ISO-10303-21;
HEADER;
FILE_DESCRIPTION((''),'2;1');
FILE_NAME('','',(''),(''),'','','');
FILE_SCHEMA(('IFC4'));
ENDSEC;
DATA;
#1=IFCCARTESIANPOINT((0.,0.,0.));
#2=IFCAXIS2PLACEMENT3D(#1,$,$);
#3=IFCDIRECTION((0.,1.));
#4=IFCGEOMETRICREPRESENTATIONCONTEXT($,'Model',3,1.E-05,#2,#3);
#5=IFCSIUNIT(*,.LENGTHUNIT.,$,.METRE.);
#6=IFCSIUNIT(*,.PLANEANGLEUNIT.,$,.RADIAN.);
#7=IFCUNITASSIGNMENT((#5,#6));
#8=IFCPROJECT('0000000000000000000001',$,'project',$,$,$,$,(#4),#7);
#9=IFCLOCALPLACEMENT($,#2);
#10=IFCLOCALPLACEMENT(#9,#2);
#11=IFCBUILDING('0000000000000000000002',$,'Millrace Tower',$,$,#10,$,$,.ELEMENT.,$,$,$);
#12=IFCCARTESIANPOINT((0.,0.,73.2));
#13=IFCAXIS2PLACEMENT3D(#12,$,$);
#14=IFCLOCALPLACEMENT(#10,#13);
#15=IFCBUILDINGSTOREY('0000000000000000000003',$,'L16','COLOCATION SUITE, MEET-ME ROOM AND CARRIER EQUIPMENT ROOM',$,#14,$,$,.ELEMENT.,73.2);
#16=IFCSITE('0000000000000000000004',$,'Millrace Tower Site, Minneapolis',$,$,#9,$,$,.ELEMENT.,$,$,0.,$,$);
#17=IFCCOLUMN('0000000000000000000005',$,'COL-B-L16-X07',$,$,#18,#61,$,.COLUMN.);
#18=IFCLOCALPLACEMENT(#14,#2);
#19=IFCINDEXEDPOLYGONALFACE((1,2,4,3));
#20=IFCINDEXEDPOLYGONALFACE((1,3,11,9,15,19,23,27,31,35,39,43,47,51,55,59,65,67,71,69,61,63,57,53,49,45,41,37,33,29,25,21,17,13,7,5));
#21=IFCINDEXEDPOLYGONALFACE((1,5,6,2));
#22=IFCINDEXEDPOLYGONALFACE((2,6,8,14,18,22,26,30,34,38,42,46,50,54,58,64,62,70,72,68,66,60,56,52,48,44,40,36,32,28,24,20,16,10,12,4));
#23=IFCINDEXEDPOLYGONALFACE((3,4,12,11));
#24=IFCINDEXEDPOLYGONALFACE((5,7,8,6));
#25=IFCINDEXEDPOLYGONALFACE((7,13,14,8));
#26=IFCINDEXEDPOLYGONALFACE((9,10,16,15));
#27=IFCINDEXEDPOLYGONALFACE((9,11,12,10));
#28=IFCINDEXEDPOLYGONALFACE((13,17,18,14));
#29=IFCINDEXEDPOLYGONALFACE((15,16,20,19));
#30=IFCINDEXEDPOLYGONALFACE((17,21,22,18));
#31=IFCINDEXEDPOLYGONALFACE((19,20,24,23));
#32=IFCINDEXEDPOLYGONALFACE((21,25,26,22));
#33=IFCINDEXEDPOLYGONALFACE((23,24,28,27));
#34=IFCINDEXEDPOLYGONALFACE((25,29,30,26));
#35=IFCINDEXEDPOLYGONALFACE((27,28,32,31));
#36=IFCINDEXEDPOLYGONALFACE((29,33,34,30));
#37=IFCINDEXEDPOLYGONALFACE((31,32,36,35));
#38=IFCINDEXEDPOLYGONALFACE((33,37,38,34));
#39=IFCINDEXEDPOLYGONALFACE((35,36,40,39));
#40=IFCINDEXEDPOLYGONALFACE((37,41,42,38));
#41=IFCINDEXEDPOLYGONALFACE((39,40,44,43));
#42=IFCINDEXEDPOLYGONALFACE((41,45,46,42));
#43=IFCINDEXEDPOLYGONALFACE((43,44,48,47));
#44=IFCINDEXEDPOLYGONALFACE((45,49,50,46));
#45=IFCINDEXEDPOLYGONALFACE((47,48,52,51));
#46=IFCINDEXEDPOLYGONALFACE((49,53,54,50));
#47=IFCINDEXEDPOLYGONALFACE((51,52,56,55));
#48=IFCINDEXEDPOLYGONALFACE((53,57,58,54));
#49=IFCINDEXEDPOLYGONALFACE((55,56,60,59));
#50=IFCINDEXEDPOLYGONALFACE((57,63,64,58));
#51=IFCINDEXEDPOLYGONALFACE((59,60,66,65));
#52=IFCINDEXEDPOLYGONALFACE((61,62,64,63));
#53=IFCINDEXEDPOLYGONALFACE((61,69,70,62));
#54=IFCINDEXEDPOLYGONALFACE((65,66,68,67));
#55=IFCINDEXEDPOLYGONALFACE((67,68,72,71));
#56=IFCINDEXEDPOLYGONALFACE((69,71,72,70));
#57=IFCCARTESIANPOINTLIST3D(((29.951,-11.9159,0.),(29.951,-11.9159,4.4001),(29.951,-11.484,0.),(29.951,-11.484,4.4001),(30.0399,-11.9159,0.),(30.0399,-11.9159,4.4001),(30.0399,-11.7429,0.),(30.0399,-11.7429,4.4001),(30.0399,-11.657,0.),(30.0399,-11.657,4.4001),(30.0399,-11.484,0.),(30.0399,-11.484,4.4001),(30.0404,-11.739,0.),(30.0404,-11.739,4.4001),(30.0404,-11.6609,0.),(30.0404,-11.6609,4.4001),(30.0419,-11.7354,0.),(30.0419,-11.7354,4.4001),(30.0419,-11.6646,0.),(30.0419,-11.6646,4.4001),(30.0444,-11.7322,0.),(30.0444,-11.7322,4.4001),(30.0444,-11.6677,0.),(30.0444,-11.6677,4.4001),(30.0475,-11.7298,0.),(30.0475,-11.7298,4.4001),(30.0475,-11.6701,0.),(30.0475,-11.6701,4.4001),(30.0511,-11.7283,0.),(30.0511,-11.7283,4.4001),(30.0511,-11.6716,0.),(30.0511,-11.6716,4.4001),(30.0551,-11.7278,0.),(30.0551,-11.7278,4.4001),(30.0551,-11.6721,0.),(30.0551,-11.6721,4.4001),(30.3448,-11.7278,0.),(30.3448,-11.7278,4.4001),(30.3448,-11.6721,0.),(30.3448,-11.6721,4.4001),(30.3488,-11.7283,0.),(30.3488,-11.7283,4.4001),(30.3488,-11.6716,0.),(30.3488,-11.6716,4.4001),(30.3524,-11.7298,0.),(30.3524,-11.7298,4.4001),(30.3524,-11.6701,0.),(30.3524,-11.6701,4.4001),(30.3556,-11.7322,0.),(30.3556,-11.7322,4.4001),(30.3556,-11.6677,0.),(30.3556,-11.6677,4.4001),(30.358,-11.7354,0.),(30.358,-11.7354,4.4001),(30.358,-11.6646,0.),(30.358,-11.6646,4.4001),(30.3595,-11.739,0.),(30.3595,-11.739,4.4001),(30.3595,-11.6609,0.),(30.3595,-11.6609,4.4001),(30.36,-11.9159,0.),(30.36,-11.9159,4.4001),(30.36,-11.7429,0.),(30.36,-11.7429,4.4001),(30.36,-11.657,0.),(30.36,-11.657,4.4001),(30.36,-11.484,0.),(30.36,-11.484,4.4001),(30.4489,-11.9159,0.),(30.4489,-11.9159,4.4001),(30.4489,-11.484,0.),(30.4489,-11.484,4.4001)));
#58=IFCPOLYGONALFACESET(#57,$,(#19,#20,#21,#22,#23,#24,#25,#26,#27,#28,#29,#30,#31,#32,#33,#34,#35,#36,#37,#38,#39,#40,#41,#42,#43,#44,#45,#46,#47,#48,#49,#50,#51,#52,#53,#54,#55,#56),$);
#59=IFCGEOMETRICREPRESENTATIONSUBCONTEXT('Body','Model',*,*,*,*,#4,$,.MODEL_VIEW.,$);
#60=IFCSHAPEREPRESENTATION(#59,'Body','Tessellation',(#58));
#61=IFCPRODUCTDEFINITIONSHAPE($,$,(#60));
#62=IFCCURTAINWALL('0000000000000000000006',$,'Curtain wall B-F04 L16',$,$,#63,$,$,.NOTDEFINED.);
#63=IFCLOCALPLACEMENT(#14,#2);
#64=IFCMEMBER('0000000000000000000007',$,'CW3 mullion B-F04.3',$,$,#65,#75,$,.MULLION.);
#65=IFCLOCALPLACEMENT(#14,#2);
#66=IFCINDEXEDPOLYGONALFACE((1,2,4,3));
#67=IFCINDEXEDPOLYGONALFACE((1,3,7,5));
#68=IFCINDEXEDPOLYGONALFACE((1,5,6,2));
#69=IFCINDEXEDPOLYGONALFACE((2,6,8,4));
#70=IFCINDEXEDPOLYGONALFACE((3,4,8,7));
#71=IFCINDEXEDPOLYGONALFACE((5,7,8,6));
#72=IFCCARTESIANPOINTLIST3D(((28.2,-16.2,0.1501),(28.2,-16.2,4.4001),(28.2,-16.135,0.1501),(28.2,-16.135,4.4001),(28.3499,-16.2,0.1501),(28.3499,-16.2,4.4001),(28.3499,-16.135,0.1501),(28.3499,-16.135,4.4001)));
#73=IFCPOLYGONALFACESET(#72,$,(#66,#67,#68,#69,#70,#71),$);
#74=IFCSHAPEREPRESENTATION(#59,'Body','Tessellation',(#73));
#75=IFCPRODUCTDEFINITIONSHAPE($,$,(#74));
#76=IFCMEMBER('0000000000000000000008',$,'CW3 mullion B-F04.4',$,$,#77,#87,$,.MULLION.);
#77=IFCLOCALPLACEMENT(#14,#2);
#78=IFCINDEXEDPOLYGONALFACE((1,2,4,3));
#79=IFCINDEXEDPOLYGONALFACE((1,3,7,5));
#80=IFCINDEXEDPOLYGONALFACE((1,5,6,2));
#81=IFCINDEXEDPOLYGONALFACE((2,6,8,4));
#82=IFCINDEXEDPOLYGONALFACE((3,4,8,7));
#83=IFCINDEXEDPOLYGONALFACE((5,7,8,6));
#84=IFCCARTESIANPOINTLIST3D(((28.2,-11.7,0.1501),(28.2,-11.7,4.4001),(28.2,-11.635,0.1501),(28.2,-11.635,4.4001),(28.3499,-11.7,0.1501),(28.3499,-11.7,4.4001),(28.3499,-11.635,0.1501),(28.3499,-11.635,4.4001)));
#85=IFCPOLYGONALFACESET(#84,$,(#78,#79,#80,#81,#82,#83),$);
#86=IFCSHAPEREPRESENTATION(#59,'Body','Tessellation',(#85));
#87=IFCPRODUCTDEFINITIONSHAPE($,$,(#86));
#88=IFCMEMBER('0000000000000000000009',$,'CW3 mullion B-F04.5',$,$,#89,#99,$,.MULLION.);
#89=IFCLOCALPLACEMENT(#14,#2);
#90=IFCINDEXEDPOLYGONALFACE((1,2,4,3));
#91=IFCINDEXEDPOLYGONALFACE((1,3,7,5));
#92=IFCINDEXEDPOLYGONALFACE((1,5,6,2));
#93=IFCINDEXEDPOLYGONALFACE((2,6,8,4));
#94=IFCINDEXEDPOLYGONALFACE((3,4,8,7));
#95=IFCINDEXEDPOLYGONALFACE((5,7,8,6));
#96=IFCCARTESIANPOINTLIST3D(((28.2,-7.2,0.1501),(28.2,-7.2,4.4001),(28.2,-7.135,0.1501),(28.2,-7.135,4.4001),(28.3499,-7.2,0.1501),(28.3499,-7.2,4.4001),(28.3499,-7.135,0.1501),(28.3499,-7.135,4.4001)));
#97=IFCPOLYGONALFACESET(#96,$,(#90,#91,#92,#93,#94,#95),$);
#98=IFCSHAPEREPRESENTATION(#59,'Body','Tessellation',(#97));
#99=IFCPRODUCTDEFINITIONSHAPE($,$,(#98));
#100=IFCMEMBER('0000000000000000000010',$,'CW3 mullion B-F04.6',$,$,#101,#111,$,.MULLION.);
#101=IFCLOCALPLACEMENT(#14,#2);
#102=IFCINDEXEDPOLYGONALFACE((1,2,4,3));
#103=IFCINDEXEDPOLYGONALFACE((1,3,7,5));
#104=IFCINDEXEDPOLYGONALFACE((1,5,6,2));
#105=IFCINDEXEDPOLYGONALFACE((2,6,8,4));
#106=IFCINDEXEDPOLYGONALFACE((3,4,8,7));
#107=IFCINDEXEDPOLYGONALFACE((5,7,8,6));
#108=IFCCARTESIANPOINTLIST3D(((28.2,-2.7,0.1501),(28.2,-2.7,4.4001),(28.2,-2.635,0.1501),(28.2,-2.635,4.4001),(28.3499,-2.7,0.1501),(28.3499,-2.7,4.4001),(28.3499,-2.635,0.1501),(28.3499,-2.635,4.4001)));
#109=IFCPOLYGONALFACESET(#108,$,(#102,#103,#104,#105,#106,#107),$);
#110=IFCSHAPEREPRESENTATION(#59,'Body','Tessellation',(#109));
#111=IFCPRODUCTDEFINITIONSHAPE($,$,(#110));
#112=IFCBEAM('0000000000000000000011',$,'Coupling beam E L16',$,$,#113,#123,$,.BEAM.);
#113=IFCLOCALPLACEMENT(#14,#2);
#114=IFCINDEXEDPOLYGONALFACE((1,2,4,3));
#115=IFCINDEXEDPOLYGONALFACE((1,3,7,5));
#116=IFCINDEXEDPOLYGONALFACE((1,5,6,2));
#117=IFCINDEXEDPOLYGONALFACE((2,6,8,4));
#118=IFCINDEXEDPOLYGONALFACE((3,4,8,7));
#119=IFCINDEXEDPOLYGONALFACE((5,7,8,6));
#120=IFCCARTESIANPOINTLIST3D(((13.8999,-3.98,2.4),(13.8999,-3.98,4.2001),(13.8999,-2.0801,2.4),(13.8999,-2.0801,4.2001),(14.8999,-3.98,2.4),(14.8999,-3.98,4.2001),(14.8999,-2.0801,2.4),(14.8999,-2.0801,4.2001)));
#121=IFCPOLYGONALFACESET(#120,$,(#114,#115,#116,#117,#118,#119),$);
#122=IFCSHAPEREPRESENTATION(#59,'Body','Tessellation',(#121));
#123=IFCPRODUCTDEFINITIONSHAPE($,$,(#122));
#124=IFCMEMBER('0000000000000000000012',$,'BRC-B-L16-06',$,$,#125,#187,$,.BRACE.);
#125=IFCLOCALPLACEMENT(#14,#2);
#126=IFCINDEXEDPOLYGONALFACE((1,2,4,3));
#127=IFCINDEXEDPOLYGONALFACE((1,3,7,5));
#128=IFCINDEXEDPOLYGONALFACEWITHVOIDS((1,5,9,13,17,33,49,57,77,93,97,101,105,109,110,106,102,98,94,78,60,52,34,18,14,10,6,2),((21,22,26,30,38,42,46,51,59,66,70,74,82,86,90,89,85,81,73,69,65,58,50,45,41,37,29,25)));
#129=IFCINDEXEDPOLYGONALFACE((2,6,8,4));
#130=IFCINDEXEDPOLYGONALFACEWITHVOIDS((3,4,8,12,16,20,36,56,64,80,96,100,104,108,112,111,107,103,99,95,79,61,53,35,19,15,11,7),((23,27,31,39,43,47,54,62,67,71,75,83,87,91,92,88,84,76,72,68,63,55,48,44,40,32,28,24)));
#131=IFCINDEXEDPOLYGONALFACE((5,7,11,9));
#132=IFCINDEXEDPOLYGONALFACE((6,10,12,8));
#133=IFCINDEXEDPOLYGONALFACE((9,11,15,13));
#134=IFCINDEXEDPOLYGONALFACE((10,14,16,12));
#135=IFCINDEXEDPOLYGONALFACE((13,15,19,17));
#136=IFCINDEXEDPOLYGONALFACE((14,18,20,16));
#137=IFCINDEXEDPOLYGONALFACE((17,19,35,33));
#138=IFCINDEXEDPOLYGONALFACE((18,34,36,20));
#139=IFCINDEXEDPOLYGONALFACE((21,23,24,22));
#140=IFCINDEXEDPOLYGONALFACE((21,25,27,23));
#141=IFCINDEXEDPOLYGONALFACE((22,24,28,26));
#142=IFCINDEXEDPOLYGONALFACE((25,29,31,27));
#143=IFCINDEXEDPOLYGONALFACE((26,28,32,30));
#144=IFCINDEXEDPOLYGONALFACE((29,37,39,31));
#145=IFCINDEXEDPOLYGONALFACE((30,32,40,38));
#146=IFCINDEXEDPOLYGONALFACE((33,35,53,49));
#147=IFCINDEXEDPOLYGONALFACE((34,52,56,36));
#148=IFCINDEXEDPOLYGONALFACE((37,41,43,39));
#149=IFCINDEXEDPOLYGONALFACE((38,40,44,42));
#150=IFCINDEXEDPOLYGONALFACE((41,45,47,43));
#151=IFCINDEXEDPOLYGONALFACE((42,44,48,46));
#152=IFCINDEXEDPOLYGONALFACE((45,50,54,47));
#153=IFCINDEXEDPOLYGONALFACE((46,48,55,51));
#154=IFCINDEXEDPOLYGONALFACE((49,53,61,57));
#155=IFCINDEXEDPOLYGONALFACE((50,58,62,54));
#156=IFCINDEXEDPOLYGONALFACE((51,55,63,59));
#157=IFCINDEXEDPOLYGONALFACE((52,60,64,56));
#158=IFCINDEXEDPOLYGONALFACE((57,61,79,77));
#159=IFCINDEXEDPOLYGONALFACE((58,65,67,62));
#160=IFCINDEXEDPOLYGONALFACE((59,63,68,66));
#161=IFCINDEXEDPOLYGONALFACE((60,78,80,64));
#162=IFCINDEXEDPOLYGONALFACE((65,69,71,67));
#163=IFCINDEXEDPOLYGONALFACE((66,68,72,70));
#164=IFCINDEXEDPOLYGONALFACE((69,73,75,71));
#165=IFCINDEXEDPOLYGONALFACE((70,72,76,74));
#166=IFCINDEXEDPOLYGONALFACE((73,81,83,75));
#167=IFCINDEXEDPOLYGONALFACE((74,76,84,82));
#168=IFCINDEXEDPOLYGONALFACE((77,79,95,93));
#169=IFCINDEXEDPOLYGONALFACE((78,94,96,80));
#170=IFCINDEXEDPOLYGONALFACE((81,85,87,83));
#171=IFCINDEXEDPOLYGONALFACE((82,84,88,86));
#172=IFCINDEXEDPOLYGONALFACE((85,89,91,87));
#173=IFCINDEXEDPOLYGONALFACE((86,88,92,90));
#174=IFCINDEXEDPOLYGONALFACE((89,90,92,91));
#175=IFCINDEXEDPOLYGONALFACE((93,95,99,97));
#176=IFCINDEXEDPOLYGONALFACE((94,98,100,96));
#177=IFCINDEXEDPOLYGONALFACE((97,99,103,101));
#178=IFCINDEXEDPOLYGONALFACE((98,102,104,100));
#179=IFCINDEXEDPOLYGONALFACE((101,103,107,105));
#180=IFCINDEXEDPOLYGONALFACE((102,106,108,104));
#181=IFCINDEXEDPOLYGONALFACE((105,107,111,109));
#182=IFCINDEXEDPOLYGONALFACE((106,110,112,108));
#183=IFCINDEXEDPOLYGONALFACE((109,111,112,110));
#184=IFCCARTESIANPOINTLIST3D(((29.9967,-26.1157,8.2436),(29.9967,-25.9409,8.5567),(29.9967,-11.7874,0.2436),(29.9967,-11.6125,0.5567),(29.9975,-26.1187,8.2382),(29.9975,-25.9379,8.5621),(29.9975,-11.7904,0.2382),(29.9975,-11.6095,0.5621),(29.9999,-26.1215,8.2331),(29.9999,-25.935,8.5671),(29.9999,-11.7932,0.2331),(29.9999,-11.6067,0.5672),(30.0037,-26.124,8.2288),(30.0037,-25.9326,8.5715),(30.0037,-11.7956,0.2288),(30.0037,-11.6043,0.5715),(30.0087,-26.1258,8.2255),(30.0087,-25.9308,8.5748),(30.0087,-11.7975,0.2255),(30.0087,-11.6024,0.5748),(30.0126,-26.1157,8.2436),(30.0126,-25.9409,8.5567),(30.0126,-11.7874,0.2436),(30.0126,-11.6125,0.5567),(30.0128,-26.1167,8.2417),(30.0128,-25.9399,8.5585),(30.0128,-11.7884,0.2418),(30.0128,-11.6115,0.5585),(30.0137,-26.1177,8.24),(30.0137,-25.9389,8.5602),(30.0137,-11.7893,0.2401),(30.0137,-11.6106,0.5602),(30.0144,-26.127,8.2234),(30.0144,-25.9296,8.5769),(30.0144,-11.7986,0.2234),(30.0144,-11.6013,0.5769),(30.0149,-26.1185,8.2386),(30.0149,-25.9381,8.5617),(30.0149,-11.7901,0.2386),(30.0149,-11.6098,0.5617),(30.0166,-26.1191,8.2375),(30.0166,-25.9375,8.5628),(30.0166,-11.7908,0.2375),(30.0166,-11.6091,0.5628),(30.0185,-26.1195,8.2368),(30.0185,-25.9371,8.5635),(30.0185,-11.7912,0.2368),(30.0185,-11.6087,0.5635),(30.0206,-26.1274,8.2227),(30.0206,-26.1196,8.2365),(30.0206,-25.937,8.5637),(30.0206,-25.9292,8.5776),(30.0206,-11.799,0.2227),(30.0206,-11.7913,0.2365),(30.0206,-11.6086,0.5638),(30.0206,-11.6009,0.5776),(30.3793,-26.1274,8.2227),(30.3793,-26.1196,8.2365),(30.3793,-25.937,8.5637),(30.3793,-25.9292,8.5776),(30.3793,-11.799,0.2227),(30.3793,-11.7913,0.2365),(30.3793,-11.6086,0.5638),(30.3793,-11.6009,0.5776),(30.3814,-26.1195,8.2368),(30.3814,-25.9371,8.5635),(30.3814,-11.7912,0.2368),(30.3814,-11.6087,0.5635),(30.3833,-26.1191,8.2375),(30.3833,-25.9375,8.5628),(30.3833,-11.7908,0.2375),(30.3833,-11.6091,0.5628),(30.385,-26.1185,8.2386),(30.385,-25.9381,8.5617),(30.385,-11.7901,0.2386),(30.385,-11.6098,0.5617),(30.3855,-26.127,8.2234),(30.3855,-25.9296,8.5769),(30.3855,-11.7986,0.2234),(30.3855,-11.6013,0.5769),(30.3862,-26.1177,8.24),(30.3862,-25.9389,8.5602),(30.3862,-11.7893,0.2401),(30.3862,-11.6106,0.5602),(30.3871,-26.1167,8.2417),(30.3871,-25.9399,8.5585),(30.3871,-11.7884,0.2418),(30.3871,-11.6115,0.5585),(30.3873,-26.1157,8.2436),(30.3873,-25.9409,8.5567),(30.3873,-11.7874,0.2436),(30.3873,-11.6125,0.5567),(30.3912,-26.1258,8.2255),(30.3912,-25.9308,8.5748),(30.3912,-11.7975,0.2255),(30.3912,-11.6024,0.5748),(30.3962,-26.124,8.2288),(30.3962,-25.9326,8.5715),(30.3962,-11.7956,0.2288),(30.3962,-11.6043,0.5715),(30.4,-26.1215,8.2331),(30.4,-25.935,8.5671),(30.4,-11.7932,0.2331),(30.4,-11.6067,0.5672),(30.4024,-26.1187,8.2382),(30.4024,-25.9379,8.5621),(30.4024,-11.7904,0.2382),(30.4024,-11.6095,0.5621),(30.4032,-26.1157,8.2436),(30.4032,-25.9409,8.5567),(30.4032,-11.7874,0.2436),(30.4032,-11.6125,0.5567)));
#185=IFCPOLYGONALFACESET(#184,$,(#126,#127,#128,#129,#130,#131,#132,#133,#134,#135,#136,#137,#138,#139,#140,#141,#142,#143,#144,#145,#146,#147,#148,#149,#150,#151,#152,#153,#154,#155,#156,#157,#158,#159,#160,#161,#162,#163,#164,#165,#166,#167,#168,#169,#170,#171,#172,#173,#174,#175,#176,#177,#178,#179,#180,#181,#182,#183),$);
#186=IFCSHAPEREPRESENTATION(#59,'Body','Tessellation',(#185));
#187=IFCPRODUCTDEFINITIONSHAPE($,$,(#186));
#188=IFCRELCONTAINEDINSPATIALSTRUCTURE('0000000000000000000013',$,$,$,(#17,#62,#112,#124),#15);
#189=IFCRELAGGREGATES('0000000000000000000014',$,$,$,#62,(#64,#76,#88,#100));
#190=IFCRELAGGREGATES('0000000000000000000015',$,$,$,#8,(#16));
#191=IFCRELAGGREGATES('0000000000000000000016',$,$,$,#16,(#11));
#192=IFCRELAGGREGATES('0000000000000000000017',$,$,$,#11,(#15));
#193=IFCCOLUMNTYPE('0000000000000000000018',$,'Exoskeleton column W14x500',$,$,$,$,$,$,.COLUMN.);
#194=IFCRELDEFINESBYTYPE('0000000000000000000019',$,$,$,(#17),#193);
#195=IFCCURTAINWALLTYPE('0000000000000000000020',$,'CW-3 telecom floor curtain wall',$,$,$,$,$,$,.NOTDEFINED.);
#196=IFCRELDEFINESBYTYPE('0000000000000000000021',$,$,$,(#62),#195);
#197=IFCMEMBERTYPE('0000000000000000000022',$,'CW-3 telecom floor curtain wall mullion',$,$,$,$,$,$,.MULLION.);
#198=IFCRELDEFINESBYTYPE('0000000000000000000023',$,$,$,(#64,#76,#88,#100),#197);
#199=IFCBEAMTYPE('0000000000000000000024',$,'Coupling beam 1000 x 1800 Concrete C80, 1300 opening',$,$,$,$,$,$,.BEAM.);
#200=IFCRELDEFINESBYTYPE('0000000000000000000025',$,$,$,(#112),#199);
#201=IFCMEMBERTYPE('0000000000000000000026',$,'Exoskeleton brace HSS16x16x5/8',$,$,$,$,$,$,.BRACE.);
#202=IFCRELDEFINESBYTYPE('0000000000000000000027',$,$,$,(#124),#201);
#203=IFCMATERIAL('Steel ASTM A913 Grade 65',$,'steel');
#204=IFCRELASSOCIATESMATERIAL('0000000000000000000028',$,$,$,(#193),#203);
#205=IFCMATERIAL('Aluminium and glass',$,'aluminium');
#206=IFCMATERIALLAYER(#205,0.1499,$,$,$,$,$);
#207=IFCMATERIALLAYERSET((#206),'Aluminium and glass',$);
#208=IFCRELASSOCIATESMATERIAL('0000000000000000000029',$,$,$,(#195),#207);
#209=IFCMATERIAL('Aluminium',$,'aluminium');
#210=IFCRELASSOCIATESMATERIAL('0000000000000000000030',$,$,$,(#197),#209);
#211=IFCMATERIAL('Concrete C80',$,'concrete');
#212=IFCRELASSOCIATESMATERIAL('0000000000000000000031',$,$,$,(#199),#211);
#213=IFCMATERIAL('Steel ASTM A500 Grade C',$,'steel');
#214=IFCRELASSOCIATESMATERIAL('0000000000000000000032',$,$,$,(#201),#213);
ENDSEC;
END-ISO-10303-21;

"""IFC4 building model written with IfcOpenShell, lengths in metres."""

from ifc_helpers import new_model, si_unit, direction, frame, origin, origin_2d, place, context, subcontext, project, spatial, rectangle, hollow_rectangle, i_section, extrude, material, layer, layer_set, material_profile, profile_set, type_object, element, aggregate, save


model = new_model("IFC4")

# Units and contexts
model_context = context("Model", 3, precision=1e-05, world=origin(), true_north=direction((0.0, 1.0)))
body_context = subcontext(model_context, "Body", "Model", "MODEL_VIEW")
ifc_project = project(units=[si_unit("LENGTHUNIT", "METRE"), si_unit("PLANEANGLEUNIT", "RADIAN")], contexts=[model_context])

# Site, building, storey
site_placement = place(None, origin())
site = spatial("IfcSite", under=ifc_project, at=site_placement, Name="Millrace Tower Site, Minneapolis", CompositionType="ELEMENT", RefElevation=0.0)
building_placement = place(site_placement, origin())
building = spatial("IfcBuilding", under=site, at=building_placement, Name="Millrace Tower", CompositionType="ELEMENT")
storey_placement = place(building_placement, frame((0.0, 0.0, 73.2)))
storey = spatial("IfcBuildingStorey", under=building, at=storey_placement, Name="L16", Description="COLOCATION SUITE, MEET-ME ROOM AND CARRIER EQUIPMENT ROOM", CompositionType="ELEMENT", Elevation=73.2)

# Column
ifc_material_1 = material(Name="Steel ASTM A913 Grade 65", Category="steel")
ifc_material_profile_1 = material_profile(ifc_material_1, i_section(OverallWidth=0.4319, OverallDepth=0.4978, WebThickness=0.0557, FlangeThickness=0.0889, FilletRadius=0.0151, at=origin_2d()))
ifc_profile_set_1 = profile_set([ifc_material_profile_1], Name="Steel ASTM A913 Grade 65")
column_type = type_object("IfcColumnType", Name="Exoskeleton column W14x500", PredefinedType="COLUMN", material=ifc_profile_set_1)
column_placement = place(storey_placement, frame((30.2, -11.7, 0.0), z_axis=(0.0, 0.0, 1.0), x_axis=(0.0, 1.0, 0.0)))
element("IfcColumn", 1, at=column_placement, inside=storey, type_object=column_type, Name="COL-B-L16-X07", PredefinedType="COLUMN", context=body_context, shape_type="SweptSolid", body=[
    extrude(i_section(OverallWidth=0.4319, OverallDepth=0.4978, WebThickness=0.0557, FlangeThickness=0.0889, FilletRadius=0.0151, at=origin_2d()), origin(), (0.0, 0.0, 1.0), 4.4001),
])

# Curtain wall, members
ifc_material_2 = material(Name="Aluminium and glass", Category="aluminium")
ifc_layer_1 = layer(ifc_material_2, 0.1499)
ifc_layer_set_1 = layer_set([ifc_layer_1], Name="Aluminium and glass")
curtain_wall_type = type_object("IfcCurtainWallType", Name="CW-3 telecom floor curtain wall", PredefinedType="NOTDEFINED", material=ifc_layer_set_1)
curtain_wall_placement = place(storey_placement, origin())
curtain_wall = element("IfcCurtainWall", 2, at=curtain_wall_placement, inside=storey, type_object=curtain_wall_type, Name="Curtain wall B-F04 L16", PredefinedType="NOTDEFINED")
ifc_material_3 = material(Name="Aluminium", Category="aluminium")
ifc_material_profile_2 = material_profile(ifc_material_3, rectangle(XDim=0.0649, YDim=0.1499, at=origin_2d()))
ifc_profile_set_2 = profile_set([ifc_material_profile_2], Name="Aluminium")
member_type_1 = type_object("IfcMemberType", Name="CW-3 telecom floor curtain wall mullion", PredefinedType="MULLION", material=ifc_profile_set_2)
member_1_placement = place(storey_placement, frame((28.2749, -16.1675, 0.1501), z_axis=(0.0, 0.0, 1.0), x_axis=(0.0, 1.0, 0.0)))
member_1 = element("IfcMember", 3, at=member_1_placement, type_object=member_type_1, Name="CW3 mullion B-F04.3", PredefinedType="MULLION", context=body_context, shape_type="SweptSolid", body=[
    extrude(rectangle(XDim=0.0649, YDim=0.1499, at=origin_2d()), origin(), (0.0, 0.0, 1.0), 4.25),
])
member_2_placement = place(storey_placement, frame((28.2749, -11.6675, 0.1501), z_axis=(0.0, 0.0, 1.0), x_axis=(0.0, 1.0, 0.0)))
member_2 = element("IfcMember", 4, at=member_2_placement, type_object=member_type_1, Name="CW3 mullion B-F04.4", PredefinedType="MULLION", context=body_context, shape_type="SweptSolid", body=[
    extrude(rectangle(XDim=0.0649, YDim=0.1499, at=origin_2d()), origin(), (0.0, 0.0, 1.0), 4.25),
])
member_3_placement = place(storey_placement, frame((28.2749, -7.1675, 0.1501), z_axis=(0.0, 0.0, 1.0), x_axis=(0.0, 1.0, 0.0)))
member_3 = element("IfcMember", 5, at=member_3_placement, type_object=member_type_1, Name="CW3 mullion B-F04.5", PredefinedType="MULLION", context=body_context, shape_type="SweptSolid", body=[
    extrude(rectangle(XDim=0.0649, YDim=0.1499, at=origin_2d()), origin(), (0.0, 0.0, 1.0), 4.25),
])
member_4_placement = place(storey_placement, frame((28.2749, -2.6675, 0.1501), z_axis=(0.0, 0.0, 1.0), x_axis=(0.0, 1.0, 0.0)))
member_4 = element("IfcMember", 6, at=member_4_placement, type_object=member_type_1, Name="CW3 mullion B-F04.6", PredefinedType="MULLION", context=body_context, shape_type="SweptSolid", body=[
    extrude(rectangle(XDim=0.0649, YDim=0.1499, at=origin_2d()), origin(), (0.0, 0.0, 1.0), 4.25),
])
aggregate(curtain_wall, [member_1, member_2, member_3, member_4])

# Beam
ifc_material_4 = material(Name="Concrete C80", Category="concrete")
ifc_material_profile_3 = material_profile(ifc_material_4, rectangle(XDim=1.0, YDim=1.8, at=origin_2d()))
ifc_profile_set_3 = profile_set([ifc_material_profile_3], Name="Concrete C80")
beam_type_1 = type_object("IfcBeamType", Name="Coupling beam 1000 x 1800 Concrete C80, 1300 opening", PredefinedType="BEAM", material=ifc_profile_set_3)
beam_1_placement = place(storey_placement, frame((14.3999, -2.0801, 3.3), z_axis=(0.0, -1.0, 0.0), x_axis=(1.0, 0.0, 0.0)))
element("IfcBeam", 7, at=beam_1_placement, inside=storey, type_object=beam_type_1, Name="Coupling beam E L16", PredefinedType="BEAM", context=body_context, shape_type="SweptSolid", body=[
    extrude(rectangle(XDim=1.0, YDim=1.8, at=origin_2d()), origin(), (0.0, 0.0, 1.0), 1.8999),
])

# Member
ifc_material_5 = material(Name="Steel ASTM A500 Grade C", Category="steel")
ifc_material_profile_4 = material_profile(ifc_material_5, hollow_rectangle(XDim=0.4065, YDim=0.4065, WallThickness=0.0159, InnerFilletRadius=0.0081, OuterFilletRadius=0.0239, at=origin_2d()))
ifc_profile_set_4 = profile_set([ifc_material_profile_4], Name="Steel ASTM A500 Grade C")
member_type_2 = type_object("IfcMemberType", Name="Exoskeleton brace HSS16x16x5/8", PredefinedType="BRACE", material=ifc_profile_set_4)
member_5_placement = place(storey_placement, frame((30.2, -11.7, 0.4001), z_axis=(0.0, -0.873126, 0.487495), x_axis=(1.0, 0.0, 0.0)))
element("IfcMember", 8, at=member_5_placement, inside=storey, type_object=member_type_2, Name="BRC-B-L16-06", PredefinedType="BRACE", context=body_context, shape_type="SweptSolid", body=[
    extrude(hollow_rectangle(XDim=0.4065, YDim=0.4065, WallThickness=0.0159, InnerFilletRadius=0.0081, OuterFilletRadius=0.0239, at=origin_2d()), origin(), (0.0, 0.0, 1.0), 16.4104),
])

save(model, "model.ifc")
